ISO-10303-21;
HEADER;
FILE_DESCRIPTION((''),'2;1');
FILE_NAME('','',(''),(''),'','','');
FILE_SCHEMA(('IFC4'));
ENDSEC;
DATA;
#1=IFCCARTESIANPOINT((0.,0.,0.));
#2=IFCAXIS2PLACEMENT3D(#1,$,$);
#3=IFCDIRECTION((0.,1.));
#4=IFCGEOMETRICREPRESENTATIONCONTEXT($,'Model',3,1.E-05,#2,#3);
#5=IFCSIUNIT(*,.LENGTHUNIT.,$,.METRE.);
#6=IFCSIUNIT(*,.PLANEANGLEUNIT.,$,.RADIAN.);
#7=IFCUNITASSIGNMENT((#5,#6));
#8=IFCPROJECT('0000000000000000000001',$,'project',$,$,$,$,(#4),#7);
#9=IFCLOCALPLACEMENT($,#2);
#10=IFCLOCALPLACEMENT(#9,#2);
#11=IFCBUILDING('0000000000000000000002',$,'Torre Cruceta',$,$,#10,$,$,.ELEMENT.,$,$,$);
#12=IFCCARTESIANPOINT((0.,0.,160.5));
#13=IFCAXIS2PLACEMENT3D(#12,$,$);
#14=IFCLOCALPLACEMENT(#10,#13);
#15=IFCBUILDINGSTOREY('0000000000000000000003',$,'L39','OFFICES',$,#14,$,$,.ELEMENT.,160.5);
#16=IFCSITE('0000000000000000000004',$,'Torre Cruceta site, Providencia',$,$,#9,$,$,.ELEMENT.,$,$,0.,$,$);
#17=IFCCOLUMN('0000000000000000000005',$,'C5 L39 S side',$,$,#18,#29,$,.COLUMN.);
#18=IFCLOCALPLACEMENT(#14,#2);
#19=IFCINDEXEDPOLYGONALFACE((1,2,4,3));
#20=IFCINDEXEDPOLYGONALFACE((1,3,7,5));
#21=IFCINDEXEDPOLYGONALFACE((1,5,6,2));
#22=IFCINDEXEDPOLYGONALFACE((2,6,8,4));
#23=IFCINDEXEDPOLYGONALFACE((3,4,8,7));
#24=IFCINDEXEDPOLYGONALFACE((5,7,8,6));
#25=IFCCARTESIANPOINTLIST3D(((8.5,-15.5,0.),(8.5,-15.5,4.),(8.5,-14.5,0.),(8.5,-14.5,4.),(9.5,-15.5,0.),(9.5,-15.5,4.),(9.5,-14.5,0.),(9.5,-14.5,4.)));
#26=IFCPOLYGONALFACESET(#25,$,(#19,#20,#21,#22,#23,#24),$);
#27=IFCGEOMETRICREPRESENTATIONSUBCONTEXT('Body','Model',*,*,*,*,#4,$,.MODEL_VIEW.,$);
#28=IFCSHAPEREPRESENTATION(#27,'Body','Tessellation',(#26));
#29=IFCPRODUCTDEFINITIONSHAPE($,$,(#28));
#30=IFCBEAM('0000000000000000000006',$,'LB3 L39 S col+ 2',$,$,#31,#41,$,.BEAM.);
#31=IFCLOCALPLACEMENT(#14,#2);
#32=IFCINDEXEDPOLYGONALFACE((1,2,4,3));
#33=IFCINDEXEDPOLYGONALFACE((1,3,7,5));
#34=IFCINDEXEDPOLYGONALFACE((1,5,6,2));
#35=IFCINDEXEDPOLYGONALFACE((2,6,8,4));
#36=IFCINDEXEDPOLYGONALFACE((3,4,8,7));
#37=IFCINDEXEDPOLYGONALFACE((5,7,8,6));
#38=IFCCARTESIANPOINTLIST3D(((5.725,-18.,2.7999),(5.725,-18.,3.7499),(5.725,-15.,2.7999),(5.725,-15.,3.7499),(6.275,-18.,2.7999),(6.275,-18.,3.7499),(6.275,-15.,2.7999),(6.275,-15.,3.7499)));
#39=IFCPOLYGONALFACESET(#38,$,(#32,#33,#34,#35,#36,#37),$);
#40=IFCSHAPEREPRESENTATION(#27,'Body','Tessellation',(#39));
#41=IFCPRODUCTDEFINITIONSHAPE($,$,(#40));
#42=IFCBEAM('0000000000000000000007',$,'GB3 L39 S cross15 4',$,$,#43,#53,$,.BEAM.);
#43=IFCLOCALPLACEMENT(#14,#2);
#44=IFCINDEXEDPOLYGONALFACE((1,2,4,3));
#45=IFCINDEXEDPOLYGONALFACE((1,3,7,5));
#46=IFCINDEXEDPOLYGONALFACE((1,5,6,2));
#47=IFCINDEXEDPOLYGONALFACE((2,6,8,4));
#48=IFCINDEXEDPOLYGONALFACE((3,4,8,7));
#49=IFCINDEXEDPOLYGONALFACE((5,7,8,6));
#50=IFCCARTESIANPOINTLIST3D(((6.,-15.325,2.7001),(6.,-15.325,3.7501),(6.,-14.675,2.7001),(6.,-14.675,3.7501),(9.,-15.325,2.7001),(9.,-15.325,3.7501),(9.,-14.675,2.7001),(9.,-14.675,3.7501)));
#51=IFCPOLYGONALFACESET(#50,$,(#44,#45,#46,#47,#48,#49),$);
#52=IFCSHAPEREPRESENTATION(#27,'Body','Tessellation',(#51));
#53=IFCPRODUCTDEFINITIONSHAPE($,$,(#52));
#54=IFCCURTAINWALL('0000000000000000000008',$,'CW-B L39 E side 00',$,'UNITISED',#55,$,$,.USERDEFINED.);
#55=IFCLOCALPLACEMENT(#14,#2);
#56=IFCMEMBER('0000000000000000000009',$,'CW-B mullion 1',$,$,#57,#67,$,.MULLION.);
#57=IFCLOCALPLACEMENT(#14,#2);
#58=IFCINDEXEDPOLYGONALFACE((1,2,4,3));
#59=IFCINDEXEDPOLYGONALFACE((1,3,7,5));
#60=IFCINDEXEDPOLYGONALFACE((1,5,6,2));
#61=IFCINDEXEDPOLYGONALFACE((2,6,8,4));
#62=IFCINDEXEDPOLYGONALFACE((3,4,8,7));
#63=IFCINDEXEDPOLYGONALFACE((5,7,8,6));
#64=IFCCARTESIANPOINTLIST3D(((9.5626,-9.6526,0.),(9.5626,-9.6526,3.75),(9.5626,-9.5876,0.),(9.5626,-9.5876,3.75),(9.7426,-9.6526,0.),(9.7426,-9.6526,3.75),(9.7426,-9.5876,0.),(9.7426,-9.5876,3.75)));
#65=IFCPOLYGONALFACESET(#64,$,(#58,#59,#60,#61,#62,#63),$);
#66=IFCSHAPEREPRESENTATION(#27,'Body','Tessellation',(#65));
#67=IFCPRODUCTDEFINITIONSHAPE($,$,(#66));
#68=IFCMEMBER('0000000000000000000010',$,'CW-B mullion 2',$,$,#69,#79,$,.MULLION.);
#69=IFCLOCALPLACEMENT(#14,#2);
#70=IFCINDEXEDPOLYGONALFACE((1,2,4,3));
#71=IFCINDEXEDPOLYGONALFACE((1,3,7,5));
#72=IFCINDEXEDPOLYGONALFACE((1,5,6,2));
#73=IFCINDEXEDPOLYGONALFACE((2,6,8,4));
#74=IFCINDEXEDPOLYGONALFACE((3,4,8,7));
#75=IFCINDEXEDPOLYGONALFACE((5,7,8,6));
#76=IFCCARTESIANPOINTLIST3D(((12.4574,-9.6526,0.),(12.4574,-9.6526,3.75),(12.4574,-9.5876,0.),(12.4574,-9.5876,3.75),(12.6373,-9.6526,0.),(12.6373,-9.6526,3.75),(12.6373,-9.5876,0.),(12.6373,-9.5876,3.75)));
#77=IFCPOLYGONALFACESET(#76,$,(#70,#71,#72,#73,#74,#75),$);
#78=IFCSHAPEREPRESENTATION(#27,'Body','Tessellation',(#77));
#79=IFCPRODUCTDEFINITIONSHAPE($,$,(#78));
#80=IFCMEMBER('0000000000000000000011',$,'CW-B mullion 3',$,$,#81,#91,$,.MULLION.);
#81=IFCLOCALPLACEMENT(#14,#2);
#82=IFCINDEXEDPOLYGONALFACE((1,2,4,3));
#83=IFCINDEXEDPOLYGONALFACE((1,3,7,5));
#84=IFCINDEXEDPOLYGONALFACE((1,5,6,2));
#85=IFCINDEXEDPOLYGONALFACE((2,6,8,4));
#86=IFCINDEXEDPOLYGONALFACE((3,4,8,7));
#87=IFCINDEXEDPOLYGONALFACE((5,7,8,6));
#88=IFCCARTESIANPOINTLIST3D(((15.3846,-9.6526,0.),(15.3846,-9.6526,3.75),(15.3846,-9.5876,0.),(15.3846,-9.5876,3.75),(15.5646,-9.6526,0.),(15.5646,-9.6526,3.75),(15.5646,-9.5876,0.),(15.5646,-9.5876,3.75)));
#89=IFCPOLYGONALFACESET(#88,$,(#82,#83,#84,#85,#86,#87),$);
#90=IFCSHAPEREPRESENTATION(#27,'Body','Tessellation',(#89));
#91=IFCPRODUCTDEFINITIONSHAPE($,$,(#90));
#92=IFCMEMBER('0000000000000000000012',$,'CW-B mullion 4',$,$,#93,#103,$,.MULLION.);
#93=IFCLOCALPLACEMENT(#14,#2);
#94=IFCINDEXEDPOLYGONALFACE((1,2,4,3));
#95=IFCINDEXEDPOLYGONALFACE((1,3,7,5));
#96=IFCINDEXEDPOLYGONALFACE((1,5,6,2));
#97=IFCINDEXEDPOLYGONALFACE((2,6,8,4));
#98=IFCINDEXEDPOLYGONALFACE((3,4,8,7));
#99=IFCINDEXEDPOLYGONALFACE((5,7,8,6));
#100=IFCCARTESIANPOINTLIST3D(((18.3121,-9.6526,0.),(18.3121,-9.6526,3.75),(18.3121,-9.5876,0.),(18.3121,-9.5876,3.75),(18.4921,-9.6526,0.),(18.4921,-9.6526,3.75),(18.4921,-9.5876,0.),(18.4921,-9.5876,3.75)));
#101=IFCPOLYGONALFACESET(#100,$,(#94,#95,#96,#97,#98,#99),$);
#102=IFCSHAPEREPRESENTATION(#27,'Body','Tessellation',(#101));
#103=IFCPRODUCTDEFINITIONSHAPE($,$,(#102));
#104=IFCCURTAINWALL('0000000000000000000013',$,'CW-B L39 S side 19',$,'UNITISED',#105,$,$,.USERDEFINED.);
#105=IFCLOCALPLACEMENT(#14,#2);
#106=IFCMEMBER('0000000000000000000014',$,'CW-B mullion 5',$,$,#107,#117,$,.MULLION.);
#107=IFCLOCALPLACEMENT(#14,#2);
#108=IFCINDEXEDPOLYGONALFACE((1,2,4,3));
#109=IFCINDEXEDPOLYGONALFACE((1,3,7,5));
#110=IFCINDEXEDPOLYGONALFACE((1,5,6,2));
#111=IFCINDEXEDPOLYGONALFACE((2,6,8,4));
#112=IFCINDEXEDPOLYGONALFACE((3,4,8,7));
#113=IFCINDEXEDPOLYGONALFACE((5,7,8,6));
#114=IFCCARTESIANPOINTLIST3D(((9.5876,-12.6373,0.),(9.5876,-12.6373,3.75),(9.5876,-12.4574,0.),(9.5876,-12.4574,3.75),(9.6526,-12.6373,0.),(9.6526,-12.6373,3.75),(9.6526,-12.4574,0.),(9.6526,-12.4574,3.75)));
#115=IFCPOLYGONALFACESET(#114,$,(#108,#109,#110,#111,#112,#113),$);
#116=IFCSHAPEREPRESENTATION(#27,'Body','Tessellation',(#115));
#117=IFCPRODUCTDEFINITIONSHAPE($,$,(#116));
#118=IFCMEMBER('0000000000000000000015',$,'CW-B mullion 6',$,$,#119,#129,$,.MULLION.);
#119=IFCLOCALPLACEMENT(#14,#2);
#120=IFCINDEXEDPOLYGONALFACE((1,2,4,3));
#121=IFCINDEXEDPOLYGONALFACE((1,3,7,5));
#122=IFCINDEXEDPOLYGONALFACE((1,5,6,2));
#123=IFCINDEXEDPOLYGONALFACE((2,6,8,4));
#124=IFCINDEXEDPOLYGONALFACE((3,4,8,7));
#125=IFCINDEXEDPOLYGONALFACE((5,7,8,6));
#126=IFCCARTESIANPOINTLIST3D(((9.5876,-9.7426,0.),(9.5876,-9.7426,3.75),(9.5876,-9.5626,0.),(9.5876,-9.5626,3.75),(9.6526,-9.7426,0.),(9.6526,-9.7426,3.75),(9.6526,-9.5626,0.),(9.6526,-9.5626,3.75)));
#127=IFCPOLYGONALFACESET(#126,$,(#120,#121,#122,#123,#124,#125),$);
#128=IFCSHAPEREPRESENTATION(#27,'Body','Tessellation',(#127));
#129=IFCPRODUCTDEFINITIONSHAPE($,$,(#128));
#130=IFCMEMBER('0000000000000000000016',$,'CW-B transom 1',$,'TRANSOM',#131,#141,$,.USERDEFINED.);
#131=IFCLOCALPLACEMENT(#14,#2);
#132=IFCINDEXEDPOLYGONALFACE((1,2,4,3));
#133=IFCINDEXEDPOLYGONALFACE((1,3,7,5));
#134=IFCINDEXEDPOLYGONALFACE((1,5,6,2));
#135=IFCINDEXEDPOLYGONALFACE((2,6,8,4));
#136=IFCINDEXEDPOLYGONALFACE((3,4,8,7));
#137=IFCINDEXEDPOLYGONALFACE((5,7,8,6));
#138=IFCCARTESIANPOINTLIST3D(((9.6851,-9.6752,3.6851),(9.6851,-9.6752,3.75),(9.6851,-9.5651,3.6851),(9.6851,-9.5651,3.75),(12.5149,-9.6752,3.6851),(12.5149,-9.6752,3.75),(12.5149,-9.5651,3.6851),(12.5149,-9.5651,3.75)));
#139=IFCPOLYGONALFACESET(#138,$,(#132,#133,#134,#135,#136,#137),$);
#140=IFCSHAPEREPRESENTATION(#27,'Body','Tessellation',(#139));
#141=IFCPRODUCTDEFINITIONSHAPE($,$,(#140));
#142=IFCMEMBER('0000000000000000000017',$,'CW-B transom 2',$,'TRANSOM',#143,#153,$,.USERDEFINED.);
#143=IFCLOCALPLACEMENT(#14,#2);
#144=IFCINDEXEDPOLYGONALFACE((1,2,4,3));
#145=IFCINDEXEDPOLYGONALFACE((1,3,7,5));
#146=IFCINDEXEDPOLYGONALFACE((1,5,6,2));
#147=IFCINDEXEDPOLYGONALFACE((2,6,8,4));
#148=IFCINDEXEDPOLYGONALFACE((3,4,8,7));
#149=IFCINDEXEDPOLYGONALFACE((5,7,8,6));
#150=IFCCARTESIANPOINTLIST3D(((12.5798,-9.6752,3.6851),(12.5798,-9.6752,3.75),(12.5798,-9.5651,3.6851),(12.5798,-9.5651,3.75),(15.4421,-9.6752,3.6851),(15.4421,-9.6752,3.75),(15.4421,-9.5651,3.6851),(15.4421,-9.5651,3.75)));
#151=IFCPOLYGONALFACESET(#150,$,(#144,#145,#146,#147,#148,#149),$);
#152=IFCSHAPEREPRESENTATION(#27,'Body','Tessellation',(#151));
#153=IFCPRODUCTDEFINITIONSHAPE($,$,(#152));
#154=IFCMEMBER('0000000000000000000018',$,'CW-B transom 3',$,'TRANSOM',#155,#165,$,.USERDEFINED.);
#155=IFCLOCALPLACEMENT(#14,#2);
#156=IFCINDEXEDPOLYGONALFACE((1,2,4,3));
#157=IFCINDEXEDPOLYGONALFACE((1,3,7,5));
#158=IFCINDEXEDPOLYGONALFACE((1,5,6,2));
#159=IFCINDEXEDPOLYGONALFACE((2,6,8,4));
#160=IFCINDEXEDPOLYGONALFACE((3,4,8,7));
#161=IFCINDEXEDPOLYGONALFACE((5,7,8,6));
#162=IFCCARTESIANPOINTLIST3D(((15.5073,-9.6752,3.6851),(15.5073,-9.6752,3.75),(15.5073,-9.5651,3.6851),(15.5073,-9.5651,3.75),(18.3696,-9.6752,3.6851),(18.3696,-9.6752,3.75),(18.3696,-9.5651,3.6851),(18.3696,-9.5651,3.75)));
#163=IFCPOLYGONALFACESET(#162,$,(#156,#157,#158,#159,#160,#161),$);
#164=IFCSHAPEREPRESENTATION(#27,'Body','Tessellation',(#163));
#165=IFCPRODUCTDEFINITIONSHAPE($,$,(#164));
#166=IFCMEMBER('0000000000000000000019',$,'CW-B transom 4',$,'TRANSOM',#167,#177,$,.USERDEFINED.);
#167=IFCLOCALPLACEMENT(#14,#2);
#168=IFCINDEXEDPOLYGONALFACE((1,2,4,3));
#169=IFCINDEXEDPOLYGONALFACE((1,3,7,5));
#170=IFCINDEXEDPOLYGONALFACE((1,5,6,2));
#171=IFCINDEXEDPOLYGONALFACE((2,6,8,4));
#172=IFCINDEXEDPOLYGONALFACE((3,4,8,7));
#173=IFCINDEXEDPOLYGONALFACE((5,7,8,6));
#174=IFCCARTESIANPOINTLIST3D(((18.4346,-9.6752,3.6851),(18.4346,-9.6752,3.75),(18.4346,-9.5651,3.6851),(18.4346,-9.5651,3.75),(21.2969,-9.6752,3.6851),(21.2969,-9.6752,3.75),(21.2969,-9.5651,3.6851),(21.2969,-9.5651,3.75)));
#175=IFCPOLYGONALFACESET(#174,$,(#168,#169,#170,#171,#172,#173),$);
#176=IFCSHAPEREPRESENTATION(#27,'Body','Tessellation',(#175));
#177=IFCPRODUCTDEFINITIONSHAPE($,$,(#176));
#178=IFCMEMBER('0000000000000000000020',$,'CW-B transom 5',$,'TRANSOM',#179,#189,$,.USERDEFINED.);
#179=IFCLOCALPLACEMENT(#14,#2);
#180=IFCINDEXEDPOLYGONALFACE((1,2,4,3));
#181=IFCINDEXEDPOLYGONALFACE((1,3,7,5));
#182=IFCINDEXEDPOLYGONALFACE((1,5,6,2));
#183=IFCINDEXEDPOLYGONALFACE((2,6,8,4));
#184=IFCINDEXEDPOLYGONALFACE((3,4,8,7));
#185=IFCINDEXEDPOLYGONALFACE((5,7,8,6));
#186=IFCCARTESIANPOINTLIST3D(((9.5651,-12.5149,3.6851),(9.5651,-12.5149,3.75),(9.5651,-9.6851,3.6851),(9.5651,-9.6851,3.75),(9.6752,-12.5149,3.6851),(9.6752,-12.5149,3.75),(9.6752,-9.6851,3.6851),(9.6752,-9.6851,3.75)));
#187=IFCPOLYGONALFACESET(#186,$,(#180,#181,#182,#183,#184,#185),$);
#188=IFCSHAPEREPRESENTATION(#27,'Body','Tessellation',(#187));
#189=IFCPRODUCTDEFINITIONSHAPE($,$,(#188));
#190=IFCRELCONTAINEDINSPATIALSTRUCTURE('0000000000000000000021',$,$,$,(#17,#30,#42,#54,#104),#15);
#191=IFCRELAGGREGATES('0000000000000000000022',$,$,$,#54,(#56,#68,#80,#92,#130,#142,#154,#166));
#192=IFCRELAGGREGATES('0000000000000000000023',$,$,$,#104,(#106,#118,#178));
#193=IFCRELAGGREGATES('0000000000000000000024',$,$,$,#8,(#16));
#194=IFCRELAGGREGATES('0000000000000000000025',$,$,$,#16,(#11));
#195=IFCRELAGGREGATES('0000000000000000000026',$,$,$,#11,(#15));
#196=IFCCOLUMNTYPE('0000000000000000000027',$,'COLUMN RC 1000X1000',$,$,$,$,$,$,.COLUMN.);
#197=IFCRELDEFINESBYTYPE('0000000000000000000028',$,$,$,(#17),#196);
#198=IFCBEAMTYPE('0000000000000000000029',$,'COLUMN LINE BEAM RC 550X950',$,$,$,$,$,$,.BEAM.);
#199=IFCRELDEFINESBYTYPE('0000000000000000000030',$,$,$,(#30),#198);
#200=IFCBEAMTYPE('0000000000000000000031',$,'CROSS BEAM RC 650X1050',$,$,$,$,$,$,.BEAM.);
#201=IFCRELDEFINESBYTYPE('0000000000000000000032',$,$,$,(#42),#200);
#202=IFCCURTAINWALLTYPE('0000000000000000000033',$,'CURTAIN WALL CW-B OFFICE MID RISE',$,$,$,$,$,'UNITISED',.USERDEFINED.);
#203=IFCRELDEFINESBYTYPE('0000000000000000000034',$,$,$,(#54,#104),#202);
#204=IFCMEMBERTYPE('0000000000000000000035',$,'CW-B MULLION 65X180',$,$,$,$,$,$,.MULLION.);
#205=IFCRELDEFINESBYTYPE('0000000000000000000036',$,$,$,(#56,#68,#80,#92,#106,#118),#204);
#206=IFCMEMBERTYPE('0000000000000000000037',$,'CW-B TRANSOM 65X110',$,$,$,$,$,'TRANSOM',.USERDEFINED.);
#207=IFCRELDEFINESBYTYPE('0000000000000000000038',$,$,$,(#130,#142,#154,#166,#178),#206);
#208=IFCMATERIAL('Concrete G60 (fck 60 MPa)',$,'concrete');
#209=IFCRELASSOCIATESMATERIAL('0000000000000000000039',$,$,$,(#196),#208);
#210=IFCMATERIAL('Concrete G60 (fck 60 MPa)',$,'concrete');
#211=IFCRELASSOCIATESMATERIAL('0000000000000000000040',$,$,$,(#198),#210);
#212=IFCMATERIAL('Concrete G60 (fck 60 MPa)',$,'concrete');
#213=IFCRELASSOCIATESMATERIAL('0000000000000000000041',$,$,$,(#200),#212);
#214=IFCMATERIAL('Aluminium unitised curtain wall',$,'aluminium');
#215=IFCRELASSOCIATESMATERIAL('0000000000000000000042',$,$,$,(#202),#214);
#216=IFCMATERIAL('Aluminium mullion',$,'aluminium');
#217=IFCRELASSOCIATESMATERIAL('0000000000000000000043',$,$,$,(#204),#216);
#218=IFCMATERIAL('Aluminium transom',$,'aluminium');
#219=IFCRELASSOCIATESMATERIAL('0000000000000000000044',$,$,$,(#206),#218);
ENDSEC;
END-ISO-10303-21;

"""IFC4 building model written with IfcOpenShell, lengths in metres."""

from ifc_helpers import new_model, si_unit, direction, frame, origin, origin_2d, place, context, subcontext, project, spatial, rectangle, extrude, material, material_profile, profile_set, type_object, element, aggregate, save


model = new_model("IFC4")

# Units and contexts
model_context = context("Model", 3, precision=1e-05, world=origin(), true_north=direction((0.0, 1.0)))
body_context = subcontext(model_context, "Body", "Model", "MODEL_VIEW")
ifc_project = project(units=[si_unit("LENGTHUNIT", "METRE"), si_unit("PLANEANGLEUNIT", "RADIAN")], contexts=[model_context])

# Site, building, storey
site_placement = place(None, origin())
site = spatial("IfcSite", under=ifc_project, at=site_placement, Name="Torre Cruceta site, Providencia", CompositionType="ELEMENT", RefElevation=0.0)
building_placement = place(site_placement, origin())
building = spatial("IfcBuilding", under=site, at=building_placement, Name="Torre Cruceta", CompositionType="ELEMENT")
storey_placement = place(building_placement, frame((0.0, 0.0, 160.5)))
storey = spatial("IfcBuildingStorey", under=building, at=storey_placement, Name="L39", Description="OFFICES", CompositionType="ELEMENT", Elevation=160.5)

# Column
ifc_material_1 = material(Name="Concrete G60 (fck 60 MPa)", Category="concrete")
ifc_material_profile_1 = material_profile(ifc_material_1, rectangle(XDim=1.0, YDim=1.0, at=origin_2d()), Name="RC 1000X1000")
ifc_profile_set_1 = profile_set([ifc_material_profile_1], Name="Concrete G60 (fck 60 MPa)")
column_type = type_object("IfcColumnType", Name="COLUMN RC 1000X1000", PredefinedType="COLUMN", material=ifc_profile_set_1)
column_placement = place(storey_placement, frame((9.0, -15.0, 0.0), z_axis=(0.0, 0.0, 1.0), x_axis=(1.0, 0.0, 0.0)))
element("IfcColumn", 1, at=column_placement, inside=storey, type_object=column_type, Name="C5 L39 S side", PredefinedType="COLUMN", context=body_context, shape_type="SweptSolid", body=[
    extrude(rectangle(XDim=1.0, YDim=1.0, at=origin_2d()), origin(), (0.0, 0.0, 1.0), 4.0),
])

# Beams
ifc_material_2 = material(Name="Concrete G60 (fck 60 MPa)", Category="concrete")
ifc_material_profile_2 = material_profile(ifc_material_2, rectangle(XDim=0.55, YDim=0.95, at=origin_2d()), Name="RC 550X950")
ifc_profile_set_2 = profile_set([ifc_material_profile_2], Name="Concrete G60 (fck 60 MPa)")
beam_type_1 = type_object("IfcBeamType", Name="COLUMN LINE BEAM RC 550X950", PredefinedType="BEAM", material=ifc_profile_set_2)
beam_1_placement = place(storey_placement, frame((6.0, -15.0, 3.2749), z_axis=(0.0, -1.0, 0.0), x_axis=(1.0, 0.0, 0.0)))
element("IfcBeam", 2, at=beam_1_placement, inside=storey, type_object=beam_type_1, Name="LB3 L39 S col+ 2", PredefinedType="BEAM", context=body_context, shape_type="SweptSolid", body=[
    extrude(rectangle(XDim=0.55, YDim=0.95, at=origin_2d()), origin(), (0.0, 0.0, 1.0), 3.0),
])
ifc_material_3 = material(Name="Concrete G60 (fck 60 MPa)", Category="concrete")
ifc_material_profile_3 = material_profile(ifc_material_3, rectangle(XDim=0.6499, YDim=1.05, at=origin_2d()), Name="RC 650X1050")
ifc_profile_set_3 = profile_set([ifc_material_profile_3], Name="Concrete G60 (fck 60 MPa)")
beam_type_2 = type_object("IfcBeamType", Name="CROSS BEAM RC 650X1050", PredefinedType="BEAM", material=ifc_profile_set_3)
beam_2_placement = place(storey_placement, frame((6.0, -15.0, 3.2251), z_axis=(1.0, 0.0, 0.0), x_axis=(0.0, 1.0, 0.0)))
element("IfcBeam", 3, at=beam_2_placement, inside=storey, type_object=beam_type_2, Name="GB3 L39 S cross15 4", PredefinedType="BEAM", context=body_context, shape_type="SweptSolid", body=[
    extrude(rectangle(XDim=0.6499, YDim=1.05, at=origin_2d()), origin(), (0.0, 0.0, 1.0), 3.0),
])

# Curtain walls, members
ifc_material_4 = material(Name="Aluminium unitised curtain wall", Category="aluminium")
curtain_wall_type = type_object("IfcCurtainWallType", Name="CURTAIN WALL CW-B OFFICE MID RISE", ElementType="UNITISED", PredefinedType="USERDEFINED", material=ifc_material_4)
curtain_wall_1_placement = place(storey_placement, origin())
curtain_wall_1 = element("IfcCurtainWall", 4, at=curtain_wall_1_placement, inside=storey, type_object=curtain_wall_type, Name="CW-B L39 E side 00", ObjectType="UNITISED", PredefinedType="USERDEFINED")
ifc_material_5 = material(Name="Aluminium mullion", Category="aluminium")
ifc_material_profile_4 = material_profile(ifc_material_5, rectangle(XDim=0.0649, YDim=0.1799, at=origin_2d()), Name="AL 65X180")
ifc_profile_set_4 = profile_set([ifc_material_profile_4], Name="Aluminium mullion")
member_type_1 = type_object("IfcMemberType", Name="CW-B MULLION 65X180", PredefinedType="MULLION", material=ifc_profile_set_4)
member_1_placement = place(storey_placement, frame((9.6526, -9.6201, 0.0), z_axis=(0.0, 0.0, 1.0), x_axis=(0.0, 1.0, 0.0)))
member_1 = element("IfcMember", 5, at=member_1_placement, type_object=member_type_1, Name="CW-B mullion 1", PredefinedType="MULLION", context=body_context, shape_type="SweptSolid", body=[
    extrude(rectangle(XDim=0.0649, YDim=0.1799, at=origin_2d()), origin(), (0.0, 0.0, 1.0), 3.75),
])
member_2_placement = place(storey_placement, frame((12.5474, -9.6201, 0.0), z_axis=(0.0, 0.0, 1.0), x_axis=(0.0, 1.0, 0.0)))
member_2 = element("IfcMember", 6, at=member_2_placement, type_object=member_type_1, Name="CW-B mullion 2", PredefinedType="MULLION", context=body_context, shape_type="SweptSolid", body=[
    extrude(rectangle(XDim=0.0649, YDim=0.1799, at=origin_2d()), origin(), (0.0, 0.0, 1.0), 3.75),
])
member_3_placement = place(storey_placement, frame((15.4746, -9.6201, 0.0), z_axis=(0.0, 0.0, 1.0), x_axis=(0.0, 1.0, 0.0)))
member_3 = element("IfcMember", 7, at=member_3_placement, type_object=member_type_1, Name="CW-B mullion 3", PredefinedType="MULLION", context=body_context, shape_type="SweptSolid", body=[
    extrude(rectangle(XDim=0.0649, YDim=0.1799, at=origin_2d()), origin(), (0.0, 0.0, 1.0), 3.75),
])
member_4_placement = place(storey_placement, frame((18.4021, -9.6201, 0.0), z_axis=(0.0, 0.0, 1.0), x_axis=(0.0, 1.0, 0.0)))
member_4 = element("IfcMember", 8, at=member_4_placement, type_object=member_type_1, Name="CW-B mullion 4", PredefinedType="MULLION", context=body_context, shape_type="SweptSolid", body=[
    extrude(rectangle(XDim=0.0649, YDim=0.1799, at=origin_2d()), origin(), (0.0, 0.0, 1.0), 3.75),
])
curtain_wall_2_placement = place(storey_placement, origin())
curtain_wall_2 = element("IfcCurtainWall", 9, at=curtain_wall_2_placement, inside=storey, type_object=curtain_wall_type, Name="CW-B L39 S side 19", ObjectType="UNITISED", PredefinedType="USERDEFINED")
member_5_placement = place(storey_placement, frame((9.6201, -12.5474, 0.0), z_axis=(0.0, 0.0, 1.0), x_axis=(-1.0, 0.0, 0.0)))
member_5 = element("IfcMember", 10, at=member_5_placement, type_object=member_type_1, Name="CW-B mullion 5", PredefinedType="MULLION", context=body_context, shape_type="SweptSolid", body=[
    extrude(rectangle(XDim=0.0649, YDim=0.1799, at=origin_2d()), origin(), (0.0, 0.0, 1.0), 3.75),
])
member_6_placement = place(storey_placement, frame((9.6201, -9.6526, 0.0), z_axis=(0.0, 0.0, 1.0), x_axis=(-1.0, 0.0, 0.0)))
member_6 = element("IfcMember", 11, at=member_6_placement, type_object=member_type_1, Name="CW-B mullion 6", PredefinedType="MULLION", context=body_context, shape_type="SweptSolid", body=[
    extrude(rectangle(XDim=0.0649, YDim=0.1799, at=origin_2d()), origin(), (0.0, 0.0, 1.0), 3.75),
])

# Members
ifc_material_6 = material(Name="Aluminium transom", Category="aluminium")
ifc_material_profile_5 = material_profile(ifc_material_6, rectangle(XDim=0.1101, YDim=0.0649, at=origin_2d()), Name="AL 110X65")
ifc_profile_set_5 = profile_set([ifc_material_profile_5], Name="Aluminium transom")
member_type_2 = type_object("IfcMemberType", Name="CW-B TRANSOM 65X110", ElementType="TRANSOM", PredefinedType="USERDEFINED", material=ifc_profile_set_5)
member_7_placement = place(storey_placement, frame((9.6851, -9.6201, 3.7175), z_axis=(1.0, 0.0, 0.0), x_axis=(0.0, 1.0, 0.0)))
member_7 = element("IfcMember", 12, at=member_7_placement, type_object=member_type_2, Name="CW-B transom 1", ObjectType="TRANSOM", PredefinedType="USERDEFINED", context=body_context, shape_type="SweptSolid", body=[
    extrude(rectangle(XDim=0.1101, YDim=0.0649, at=origin_2d()), origin(), (0.0, 0.0, 1.0), 2.8298),
])
member_8_placement = place(storey_placement, frame((12.5798, -9.6201, 3.7175), z_axis=(1.0, 0.0, 0.0), x_axis=(0.0, 1.0, 0.0)))
member_8 = element("IfcMember", 13, at=member_8_placement, type_object=member_type_2, Name="CW-B transom 2", ObjectType="TRANSOM", PredefinedType="USERDEFINED", context=body_context, shape_type="SweptSolid", body=[
    extrude(rectangle(XDim=0.1101, YDim=0.0649, at=origin_2d()), origin(), (0.0, 0.0, 1.0), 2.8623),
])
member_9_placement = place(storey_placement, frame((15.5073, -9.6201, 3.7175), z_axis=(1.0, 0.0, 0.0), x_axis=(0.0, 1.0, 0.0)))
member_9 = element("IfcMember", 14, at=member_9_placement, type_object=member_type_2, Name="CW-B transom 3", ObjectType="TRANSOM", PredefinedType="USERDEFINED", context=body_context, shape_type="SweptSolid", body=[
    extrude(rectangle(XDim=0.1101, YDim=0.0649, at=origin_2d()), origin(), (0.0, 0.0, 1.0), 2.8623),
])
member_10_placement = place(storey_placement, frame((18.4346, -9.6201, 3.7175), z_axis=(1.0, 0.0, 0.0), x_axis=(0.0, 1.0, 0.0)))
member_10 = element("IfcMember", 15, at=member_10_placement, type_object=member_type_2, Name="CW-B transom 4", ObjectType="TRANSOM", PredefinedType="USERDEFINED", context=body_context, shape_type="SweptSolid", body=[
    extrude(rectangle(XDim=0.1101, YDim=0.0649, at=origin_2d()), origin(), (0.0, 0.0, 1.0), 2.8623),
])
member_11_placement = place(storey_placement, frame((9.6201, -12.5149, 3.7175), z_axis=(0.0, 1.0, 0.0), x_axis=(-1.0, 0.0, 0.0)))
member_11 = element("IfcMember", 16, at=member_11_placement, type_object=member_type_2, Name="CW-B transom 5", ObjectType="TRANSOM", PredefinedType="USERDEFINED", context=body_context, shape_type="SweptSolid", body=[
    extrude(rectangle(XDim=0.1101, YDim=0.0649, at=origin_2d()), origin(), (0.0, 0.0, 1.0), 2.8298),
])

aggregate(curtain_wall_1, [member_1, member_2, member_3, member_4, member_7, member_8, member_9, member_10])
aggregate(curtain_wall_2, [member_5, member_6, member_11])

save(model, "model.ifc")
